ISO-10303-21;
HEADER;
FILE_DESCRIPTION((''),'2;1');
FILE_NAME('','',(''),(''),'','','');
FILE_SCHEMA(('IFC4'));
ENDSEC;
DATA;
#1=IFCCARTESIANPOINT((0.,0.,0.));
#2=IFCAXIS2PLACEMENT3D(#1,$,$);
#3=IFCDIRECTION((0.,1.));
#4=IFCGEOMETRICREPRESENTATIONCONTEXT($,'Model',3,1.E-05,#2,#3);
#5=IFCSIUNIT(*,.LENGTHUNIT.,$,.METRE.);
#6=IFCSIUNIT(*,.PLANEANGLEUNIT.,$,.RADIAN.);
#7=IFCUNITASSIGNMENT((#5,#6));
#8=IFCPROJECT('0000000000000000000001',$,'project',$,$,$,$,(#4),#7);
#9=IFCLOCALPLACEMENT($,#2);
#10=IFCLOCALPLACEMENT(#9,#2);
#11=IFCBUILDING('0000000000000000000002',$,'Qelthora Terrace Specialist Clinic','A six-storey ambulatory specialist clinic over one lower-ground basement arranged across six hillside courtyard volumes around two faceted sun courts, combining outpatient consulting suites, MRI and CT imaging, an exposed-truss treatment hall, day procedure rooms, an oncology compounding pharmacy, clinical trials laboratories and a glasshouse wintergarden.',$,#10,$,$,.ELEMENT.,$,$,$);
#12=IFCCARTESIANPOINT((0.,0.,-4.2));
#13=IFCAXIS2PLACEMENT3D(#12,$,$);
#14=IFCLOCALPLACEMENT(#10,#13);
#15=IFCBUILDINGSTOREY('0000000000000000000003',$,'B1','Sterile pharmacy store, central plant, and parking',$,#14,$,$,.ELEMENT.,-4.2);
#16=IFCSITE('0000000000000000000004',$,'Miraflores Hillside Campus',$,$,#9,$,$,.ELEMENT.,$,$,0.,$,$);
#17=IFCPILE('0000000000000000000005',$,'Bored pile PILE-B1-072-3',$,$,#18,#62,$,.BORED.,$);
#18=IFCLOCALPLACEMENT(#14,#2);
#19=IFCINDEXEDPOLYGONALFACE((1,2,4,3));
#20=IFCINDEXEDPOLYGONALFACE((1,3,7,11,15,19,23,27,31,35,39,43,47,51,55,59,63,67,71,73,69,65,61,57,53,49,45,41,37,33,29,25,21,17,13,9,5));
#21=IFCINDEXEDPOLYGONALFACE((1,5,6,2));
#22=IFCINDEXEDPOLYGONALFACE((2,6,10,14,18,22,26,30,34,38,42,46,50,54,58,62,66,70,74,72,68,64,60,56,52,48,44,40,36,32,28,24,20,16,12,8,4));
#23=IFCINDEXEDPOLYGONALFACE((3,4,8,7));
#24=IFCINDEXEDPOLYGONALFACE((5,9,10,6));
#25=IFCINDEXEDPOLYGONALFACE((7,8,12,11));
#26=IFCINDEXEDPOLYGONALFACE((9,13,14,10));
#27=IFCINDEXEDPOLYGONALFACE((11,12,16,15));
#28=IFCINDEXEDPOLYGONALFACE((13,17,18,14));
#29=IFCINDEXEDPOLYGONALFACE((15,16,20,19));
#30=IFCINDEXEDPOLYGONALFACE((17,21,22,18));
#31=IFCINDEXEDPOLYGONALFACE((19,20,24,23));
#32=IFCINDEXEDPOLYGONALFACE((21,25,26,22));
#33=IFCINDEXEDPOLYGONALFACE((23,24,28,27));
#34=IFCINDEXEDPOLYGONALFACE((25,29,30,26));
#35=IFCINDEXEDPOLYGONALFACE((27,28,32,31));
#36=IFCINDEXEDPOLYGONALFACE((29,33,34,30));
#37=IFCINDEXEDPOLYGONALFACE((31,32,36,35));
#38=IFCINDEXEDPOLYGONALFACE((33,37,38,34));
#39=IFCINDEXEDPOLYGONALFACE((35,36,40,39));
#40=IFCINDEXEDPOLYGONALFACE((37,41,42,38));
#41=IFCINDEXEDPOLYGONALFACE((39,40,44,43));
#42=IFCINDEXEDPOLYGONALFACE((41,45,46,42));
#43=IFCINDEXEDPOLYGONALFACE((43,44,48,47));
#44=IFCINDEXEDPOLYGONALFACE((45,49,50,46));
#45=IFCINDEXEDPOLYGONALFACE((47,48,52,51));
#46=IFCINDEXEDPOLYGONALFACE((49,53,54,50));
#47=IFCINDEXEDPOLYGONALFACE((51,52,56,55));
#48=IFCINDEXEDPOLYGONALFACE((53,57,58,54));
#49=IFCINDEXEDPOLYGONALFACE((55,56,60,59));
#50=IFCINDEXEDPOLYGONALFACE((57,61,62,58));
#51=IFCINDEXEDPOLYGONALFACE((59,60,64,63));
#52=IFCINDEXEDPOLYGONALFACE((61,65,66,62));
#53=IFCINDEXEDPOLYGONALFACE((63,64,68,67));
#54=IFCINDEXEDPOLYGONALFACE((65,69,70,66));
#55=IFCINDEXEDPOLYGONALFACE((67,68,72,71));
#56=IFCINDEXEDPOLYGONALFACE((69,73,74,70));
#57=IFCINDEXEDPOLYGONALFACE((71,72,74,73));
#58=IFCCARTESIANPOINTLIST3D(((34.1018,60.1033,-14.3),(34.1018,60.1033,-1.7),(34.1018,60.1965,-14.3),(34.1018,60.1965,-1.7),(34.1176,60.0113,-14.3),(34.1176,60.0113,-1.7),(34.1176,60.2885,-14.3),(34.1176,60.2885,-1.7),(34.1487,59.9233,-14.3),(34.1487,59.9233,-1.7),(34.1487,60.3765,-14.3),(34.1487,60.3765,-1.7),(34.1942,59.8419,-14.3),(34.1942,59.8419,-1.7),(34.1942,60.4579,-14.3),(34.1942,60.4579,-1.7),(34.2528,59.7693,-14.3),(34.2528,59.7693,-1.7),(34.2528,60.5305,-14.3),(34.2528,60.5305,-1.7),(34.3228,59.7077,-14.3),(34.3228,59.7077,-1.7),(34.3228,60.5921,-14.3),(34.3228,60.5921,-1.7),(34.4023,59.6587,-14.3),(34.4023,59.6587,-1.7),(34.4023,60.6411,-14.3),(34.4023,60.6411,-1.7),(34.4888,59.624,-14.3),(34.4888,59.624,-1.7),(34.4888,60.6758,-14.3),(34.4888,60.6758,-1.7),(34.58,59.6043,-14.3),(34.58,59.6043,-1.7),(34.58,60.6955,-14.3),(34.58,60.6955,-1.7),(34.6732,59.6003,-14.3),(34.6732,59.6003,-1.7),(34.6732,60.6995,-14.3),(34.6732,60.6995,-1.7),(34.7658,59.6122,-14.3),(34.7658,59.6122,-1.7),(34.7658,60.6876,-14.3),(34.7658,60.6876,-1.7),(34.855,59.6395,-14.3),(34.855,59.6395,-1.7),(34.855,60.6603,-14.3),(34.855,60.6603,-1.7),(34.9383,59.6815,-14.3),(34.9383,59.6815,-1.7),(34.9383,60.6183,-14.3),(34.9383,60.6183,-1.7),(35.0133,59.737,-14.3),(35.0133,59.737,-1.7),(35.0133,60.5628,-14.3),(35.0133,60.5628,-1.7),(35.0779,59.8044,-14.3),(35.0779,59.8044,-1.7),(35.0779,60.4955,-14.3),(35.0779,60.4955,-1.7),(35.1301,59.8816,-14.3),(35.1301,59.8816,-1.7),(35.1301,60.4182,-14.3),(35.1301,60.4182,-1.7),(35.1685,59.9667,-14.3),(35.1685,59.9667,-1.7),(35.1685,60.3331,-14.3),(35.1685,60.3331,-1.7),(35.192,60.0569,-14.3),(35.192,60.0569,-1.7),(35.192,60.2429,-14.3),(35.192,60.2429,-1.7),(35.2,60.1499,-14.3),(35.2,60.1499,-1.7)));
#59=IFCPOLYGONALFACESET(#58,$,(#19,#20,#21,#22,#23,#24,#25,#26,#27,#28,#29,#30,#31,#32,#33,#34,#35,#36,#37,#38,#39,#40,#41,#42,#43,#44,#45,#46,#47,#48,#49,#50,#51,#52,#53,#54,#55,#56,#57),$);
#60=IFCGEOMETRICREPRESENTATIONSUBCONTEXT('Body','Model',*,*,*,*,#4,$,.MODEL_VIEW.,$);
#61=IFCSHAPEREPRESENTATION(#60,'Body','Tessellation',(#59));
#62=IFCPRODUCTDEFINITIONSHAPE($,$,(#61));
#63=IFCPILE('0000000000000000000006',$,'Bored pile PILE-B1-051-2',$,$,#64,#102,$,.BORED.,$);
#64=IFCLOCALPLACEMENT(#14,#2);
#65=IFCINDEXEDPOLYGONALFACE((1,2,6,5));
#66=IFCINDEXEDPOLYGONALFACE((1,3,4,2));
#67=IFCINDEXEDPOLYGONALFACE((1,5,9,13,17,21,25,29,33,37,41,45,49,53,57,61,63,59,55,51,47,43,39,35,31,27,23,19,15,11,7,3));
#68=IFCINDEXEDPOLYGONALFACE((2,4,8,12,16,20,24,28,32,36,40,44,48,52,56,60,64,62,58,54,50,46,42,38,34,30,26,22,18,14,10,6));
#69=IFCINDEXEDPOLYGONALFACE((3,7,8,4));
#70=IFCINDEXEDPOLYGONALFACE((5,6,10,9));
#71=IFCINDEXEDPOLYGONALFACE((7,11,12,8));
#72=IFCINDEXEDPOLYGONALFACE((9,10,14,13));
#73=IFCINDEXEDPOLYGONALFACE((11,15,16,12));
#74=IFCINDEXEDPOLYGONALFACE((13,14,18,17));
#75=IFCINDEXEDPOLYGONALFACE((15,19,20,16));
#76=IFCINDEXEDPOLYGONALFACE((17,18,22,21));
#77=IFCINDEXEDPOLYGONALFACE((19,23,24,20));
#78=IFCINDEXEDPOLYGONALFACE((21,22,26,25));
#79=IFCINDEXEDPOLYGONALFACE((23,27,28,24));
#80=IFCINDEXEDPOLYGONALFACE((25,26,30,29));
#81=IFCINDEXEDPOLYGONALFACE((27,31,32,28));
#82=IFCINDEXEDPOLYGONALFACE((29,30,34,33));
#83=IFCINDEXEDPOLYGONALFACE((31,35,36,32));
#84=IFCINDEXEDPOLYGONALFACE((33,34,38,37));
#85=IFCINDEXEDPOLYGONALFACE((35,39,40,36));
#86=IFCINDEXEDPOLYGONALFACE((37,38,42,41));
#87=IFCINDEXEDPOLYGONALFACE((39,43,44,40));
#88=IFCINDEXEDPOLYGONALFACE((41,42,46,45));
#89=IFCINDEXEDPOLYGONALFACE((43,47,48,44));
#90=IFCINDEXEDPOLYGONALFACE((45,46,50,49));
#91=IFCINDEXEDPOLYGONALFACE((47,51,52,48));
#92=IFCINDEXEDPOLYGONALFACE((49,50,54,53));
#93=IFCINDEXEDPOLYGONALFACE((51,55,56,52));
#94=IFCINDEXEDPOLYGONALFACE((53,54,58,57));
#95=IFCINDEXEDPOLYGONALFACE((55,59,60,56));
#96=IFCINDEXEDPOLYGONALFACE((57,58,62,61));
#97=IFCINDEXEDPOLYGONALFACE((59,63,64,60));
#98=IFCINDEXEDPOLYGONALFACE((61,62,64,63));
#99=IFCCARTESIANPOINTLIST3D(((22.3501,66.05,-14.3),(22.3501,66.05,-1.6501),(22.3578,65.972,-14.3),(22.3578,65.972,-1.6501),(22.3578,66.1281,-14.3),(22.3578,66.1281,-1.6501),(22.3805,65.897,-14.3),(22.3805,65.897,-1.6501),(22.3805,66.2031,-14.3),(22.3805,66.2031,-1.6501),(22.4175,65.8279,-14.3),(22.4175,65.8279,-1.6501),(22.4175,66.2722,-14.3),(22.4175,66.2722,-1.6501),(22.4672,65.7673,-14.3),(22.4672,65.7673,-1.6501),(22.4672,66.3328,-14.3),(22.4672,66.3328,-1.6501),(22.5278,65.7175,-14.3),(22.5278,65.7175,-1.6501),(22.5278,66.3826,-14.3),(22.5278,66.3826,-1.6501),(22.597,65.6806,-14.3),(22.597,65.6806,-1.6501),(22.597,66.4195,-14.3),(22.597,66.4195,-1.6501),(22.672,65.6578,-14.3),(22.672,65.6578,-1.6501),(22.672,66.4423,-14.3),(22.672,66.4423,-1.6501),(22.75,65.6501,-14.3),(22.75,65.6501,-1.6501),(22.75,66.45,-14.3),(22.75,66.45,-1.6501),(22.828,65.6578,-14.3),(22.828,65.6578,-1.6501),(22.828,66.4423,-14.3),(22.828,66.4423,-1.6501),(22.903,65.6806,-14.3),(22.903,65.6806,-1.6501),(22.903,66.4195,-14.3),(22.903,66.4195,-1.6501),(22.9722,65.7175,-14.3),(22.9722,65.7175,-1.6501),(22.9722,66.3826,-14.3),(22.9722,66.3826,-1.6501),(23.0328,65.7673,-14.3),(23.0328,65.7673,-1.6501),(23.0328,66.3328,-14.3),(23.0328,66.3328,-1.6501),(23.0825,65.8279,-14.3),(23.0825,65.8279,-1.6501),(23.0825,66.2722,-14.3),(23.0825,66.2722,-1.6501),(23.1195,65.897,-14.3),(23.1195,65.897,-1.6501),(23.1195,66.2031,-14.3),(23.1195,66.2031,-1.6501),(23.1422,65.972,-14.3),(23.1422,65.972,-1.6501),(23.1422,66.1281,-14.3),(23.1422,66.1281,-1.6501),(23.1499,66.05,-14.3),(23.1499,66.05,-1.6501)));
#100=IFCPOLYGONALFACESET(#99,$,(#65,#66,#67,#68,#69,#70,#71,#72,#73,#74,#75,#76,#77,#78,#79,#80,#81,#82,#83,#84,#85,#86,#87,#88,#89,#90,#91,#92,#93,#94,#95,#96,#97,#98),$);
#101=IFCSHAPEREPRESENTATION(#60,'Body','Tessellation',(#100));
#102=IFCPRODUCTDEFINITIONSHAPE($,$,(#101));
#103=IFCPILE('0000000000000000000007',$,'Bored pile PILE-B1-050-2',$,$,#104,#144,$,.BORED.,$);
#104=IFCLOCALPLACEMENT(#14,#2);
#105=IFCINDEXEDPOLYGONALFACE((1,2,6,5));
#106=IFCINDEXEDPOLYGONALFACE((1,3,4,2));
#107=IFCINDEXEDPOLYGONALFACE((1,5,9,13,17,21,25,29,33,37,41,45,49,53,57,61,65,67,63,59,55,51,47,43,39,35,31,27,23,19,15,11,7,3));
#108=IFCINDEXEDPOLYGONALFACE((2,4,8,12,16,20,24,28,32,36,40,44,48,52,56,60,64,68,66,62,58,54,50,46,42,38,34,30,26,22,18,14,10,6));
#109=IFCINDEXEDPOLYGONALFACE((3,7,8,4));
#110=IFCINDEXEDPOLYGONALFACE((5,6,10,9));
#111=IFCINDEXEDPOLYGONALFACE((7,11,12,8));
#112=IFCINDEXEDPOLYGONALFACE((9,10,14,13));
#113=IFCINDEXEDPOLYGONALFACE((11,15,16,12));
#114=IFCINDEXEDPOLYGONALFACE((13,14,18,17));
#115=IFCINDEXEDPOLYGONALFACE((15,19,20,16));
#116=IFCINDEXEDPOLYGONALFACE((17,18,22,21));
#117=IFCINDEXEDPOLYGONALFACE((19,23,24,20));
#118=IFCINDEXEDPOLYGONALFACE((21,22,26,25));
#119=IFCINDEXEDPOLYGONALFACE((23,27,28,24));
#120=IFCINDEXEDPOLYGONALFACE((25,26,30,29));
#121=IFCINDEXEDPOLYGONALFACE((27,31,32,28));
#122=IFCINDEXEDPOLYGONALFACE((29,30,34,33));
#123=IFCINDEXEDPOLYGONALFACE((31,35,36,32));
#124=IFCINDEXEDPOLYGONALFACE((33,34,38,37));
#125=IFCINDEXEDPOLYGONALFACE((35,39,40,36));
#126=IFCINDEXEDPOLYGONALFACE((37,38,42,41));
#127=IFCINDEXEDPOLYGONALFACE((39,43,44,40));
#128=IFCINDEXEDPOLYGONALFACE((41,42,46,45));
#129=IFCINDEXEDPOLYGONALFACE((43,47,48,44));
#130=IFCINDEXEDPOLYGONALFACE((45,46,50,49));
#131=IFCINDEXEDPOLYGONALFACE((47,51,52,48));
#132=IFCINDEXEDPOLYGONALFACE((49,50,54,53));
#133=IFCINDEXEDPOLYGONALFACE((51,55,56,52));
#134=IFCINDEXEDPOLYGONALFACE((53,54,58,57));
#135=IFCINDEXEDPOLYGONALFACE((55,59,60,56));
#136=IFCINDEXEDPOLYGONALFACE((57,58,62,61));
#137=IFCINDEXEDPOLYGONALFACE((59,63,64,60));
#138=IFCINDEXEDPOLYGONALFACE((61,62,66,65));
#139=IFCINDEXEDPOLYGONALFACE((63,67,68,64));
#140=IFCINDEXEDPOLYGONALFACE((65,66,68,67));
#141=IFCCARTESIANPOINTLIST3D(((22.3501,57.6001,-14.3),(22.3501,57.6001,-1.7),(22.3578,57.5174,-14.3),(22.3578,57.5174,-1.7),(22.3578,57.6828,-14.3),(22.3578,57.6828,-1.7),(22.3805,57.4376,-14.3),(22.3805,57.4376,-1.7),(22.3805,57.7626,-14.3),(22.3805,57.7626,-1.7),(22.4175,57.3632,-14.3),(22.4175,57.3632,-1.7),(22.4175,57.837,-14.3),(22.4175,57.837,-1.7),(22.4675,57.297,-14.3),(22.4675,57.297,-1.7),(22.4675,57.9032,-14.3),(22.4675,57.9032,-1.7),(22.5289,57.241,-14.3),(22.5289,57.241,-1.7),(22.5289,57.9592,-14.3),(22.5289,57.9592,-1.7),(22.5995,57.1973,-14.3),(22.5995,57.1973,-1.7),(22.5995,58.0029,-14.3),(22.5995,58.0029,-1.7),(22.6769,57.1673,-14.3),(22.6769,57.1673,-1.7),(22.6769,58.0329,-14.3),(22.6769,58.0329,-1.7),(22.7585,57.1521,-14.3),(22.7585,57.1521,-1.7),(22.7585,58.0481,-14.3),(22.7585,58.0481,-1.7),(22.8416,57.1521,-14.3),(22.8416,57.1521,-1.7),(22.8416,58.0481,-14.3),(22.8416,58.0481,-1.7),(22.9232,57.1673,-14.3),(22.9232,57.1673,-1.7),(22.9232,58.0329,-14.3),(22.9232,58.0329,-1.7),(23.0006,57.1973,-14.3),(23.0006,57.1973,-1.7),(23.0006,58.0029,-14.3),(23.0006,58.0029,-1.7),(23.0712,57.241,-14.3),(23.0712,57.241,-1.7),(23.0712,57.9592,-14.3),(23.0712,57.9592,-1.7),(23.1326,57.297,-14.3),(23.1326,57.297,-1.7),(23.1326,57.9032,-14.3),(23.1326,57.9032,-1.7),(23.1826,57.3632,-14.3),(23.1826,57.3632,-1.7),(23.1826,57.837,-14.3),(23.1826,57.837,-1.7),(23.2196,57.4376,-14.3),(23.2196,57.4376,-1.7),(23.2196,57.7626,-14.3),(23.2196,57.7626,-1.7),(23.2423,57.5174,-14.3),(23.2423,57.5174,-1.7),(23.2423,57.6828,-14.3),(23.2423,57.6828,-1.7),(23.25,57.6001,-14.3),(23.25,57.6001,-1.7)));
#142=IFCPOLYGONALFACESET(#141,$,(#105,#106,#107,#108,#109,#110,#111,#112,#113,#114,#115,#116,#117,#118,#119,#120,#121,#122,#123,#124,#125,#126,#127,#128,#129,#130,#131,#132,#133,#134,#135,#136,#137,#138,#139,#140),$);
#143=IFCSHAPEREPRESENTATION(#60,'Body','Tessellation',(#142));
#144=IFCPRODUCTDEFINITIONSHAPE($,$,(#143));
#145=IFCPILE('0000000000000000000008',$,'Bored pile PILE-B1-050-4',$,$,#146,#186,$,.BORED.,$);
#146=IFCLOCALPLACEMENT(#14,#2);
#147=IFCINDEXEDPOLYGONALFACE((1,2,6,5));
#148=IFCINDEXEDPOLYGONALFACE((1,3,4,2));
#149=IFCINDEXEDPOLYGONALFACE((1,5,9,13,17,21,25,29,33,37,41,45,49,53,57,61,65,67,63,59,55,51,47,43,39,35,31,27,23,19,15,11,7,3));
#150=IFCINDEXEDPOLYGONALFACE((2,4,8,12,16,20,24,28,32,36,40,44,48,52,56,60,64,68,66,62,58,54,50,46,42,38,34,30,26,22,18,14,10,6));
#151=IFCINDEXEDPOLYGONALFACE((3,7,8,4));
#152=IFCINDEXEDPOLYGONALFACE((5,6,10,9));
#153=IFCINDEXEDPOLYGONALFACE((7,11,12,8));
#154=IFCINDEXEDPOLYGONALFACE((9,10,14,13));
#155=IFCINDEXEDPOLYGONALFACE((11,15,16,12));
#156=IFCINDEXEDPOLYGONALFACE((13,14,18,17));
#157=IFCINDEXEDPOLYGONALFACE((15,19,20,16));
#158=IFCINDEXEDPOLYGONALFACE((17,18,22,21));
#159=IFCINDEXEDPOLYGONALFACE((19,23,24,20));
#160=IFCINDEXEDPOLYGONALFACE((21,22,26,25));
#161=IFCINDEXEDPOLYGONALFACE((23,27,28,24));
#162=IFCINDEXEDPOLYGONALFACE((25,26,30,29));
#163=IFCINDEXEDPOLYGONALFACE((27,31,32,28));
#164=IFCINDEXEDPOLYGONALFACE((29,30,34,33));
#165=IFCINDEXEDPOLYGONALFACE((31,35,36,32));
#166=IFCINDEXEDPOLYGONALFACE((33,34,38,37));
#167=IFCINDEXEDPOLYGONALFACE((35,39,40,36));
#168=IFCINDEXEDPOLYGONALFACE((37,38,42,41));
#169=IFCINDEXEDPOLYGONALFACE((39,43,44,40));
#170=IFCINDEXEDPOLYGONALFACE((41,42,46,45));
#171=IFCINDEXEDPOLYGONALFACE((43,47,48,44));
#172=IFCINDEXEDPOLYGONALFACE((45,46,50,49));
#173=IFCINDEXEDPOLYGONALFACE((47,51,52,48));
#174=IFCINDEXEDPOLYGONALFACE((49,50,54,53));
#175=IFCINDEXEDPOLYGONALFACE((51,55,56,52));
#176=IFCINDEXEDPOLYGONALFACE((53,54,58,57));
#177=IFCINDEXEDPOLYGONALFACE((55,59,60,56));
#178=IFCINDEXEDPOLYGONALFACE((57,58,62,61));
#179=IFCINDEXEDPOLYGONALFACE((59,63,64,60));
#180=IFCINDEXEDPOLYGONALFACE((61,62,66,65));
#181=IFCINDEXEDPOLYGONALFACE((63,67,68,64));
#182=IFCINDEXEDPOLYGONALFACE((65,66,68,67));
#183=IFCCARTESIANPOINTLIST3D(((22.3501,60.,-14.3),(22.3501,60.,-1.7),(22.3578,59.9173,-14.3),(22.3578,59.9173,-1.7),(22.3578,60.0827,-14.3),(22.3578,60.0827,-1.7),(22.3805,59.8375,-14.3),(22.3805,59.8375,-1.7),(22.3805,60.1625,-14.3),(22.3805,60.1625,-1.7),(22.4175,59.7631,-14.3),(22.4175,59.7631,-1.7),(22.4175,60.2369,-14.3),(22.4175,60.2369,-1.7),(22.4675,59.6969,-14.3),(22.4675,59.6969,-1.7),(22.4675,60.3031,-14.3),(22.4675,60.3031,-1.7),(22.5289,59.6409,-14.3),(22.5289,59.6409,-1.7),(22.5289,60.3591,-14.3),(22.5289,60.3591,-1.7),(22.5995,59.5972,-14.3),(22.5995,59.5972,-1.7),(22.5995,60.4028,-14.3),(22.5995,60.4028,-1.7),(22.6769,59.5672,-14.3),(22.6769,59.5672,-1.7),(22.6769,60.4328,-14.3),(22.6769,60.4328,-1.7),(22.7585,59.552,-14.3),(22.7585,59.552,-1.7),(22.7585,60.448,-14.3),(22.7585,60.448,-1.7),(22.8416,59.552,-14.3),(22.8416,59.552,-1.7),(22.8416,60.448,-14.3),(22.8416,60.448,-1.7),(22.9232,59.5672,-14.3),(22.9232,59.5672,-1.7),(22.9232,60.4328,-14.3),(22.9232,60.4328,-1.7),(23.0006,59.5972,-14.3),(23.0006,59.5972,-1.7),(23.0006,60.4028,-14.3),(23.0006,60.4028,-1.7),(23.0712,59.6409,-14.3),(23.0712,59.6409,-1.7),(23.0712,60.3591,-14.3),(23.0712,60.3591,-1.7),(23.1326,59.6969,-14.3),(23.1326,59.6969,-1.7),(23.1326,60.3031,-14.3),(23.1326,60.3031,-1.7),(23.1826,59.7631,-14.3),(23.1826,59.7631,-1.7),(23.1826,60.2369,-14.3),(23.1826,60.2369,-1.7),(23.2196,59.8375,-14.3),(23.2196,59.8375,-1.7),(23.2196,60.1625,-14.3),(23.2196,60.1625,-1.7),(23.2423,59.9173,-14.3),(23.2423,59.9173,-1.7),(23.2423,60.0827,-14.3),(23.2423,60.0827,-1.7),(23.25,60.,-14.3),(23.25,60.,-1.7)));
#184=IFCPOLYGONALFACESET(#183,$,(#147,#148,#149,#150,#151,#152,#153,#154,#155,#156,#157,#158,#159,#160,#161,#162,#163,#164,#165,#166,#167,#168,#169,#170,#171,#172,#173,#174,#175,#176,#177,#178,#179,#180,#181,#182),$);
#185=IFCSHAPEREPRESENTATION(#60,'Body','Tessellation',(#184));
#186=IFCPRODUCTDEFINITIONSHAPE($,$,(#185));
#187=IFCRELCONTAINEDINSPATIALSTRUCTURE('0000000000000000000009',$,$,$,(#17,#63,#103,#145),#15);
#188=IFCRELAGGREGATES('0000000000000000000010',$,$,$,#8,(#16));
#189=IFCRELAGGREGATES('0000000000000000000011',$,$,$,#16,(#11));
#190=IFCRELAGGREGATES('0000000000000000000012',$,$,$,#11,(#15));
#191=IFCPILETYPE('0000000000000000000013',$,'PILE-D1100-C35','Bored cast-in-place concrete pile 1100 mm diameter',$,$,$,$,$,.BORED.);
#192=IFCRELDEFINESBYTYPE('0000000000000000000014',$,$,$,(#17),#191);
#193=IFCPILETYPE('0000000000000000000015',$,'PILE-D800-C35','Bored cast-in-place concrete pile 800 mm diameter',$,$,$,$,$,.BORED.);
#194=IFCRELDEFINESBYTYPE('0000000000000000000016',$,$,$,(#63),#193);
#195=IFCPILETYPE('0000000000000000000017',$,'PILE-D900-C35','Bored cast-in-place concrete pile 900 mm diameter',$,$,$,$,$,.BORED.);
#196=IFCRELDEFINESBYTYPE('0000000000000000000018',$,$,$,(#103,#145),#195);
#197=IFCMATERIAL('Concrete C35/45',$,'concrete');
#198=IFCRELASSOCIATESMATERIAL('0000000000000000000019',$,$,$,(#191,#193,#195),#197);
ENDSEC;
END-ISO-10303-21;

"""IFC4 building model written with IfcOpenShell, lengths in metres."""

from ifc_helpers import new_model, si_unit, direction, frame, origin, origin_2d, place, context, subcontext, project, spatial, circle, extrude, material, material_profile, profile_set, type_object, element, save


model = new_model("IFC4")

# Units and contexts
model_context = context("Model", 3, precision=1e-05, world=origin(), true_north=direction((0.0, 1.0)))
body_context = subcontext(model_context, "Body", "Model", "MODEL_VIEW")
ifc_project = project(units=[si_unit("LENGTHUNIT", "METRE"), si_unit("PLANEANGLEUNIT", "RADIAN")], contexts=[model_context])

# Site, building, storey
site_placement = place(None, origin())
site = spatial("IfcSite", under=ifc_project, at=site_placement, Name="Miraflores Hillside Campus", CompositionType="ELEMENT", RefElevation=0.0)
building_placement = place(site_placement, origin())
building = spatial("IfcBuilding", under=site, at=building_placement, Name="Qelthora Terrace Specialist Clinic", Description="A six-storey ambulatory specialist clinic over one lower-ground basement arranged across six hillside courtyard volumes around two faceted sun courts, combining outpatient consulting suites, MRI and CT imaging, an exposed-truss treatment hall, day procedure rooms, an oncology compounding pharmacy, clinical trials laboratories and a glasshouse wintergarden.", CompositionType="ELEMENT")
storey_placement = place(building_placement, frame((0.0, 0.0, -4.2)))
storey = spatial("IfcBuildingStorey", under=building, at=storey_placement, Name="B1", Description="Sterile pharmacy store, central plant, and parking", CompositionType="ELEMENT", Elevation=-4.2)

# Shared definitions
ifc_material_1 = material(Name="Concrete C35/45", Category="concrete")

# Piles
ifc_material_profile_1 = material_profile(ifc_material_1, circle(Radius=0.55, at=origin_2d()), Name="PILE1100")
ifc_profile_set_1 = profile_set([ifc_material_profile_1], Name="Concrete C35/45")
pile_type_1 = type_object("IfcPileType", Name="PILE-D1100-C35", Description="Bored cast-in-place concrete pile 1100 mm diameter", PredefinedType="BORED", material=ifc_profile_set_1)
for number, where, z_axis, x_axis, name in (
    (1, (34.6499, 60.1499, -1.7), (0.0, 0.0, -1.0), (1.0, 0.0, 0.0), "Bored pile PILE-B1-072-3"),
):
    element("IfcPile", number, at=place(storey_placement, frame(where, z_axis=z_axis, x_axis=x_axis)), inside=storey, type_object=pile_type_1, Name=name, PredefinedType="BORED", context=body_context, shape_type="SweptSolid", body=[
        extrude(circle(Radius=0.55, at=origin_2d()), origin(), (0.0, 0.0, 1.0), 12.6001),
    ])
ifc_material_profile_2 = material_profile(ifc_material_1, circle(Radius=0.3999, at=origin_2d()), Name="PILE800")
ifc_profile_set_2 = profile_set([ifc_material_profile_2], Name="Concrete C35/45")
pile_type_2 = type_object("IfcPileType", Name="PILE-D800-C35", Description="Bored cast-in-place concrete pile 800 mm diameter", PredefinedType="BORED", material=ifc_profile_set_2)
pile_placement = place(storey_placement, frame((22.75, 66.05, -1.6501), z_axis=(0.0, 0.0, -1.0), x_axis=(1.0, 0.0, 0.0)))
element("IfcPile", 2, at=pile_placement, inside=storey, type_object=pile_type_2, Name="Bored pile PILE-B1-051-2", PredefinedType="BORED", context=body_context, shape_type="SweptSolid", body=[
    extrude(circle(Radius=0.3999, at=origin_2d()), origin(), (0.0, 0.0, 1.0), 12.6499),
])
ifc_material_profile_3 = material_profile(ifc_material_1, circle(Radius=0.45, at=origin_2d()), Name="PILE900")
ifc_profile_set_3 = profile_set([ifc_material_profile_3], Name="Concrete C35/45")
pile_type_3 = type_object("IfcPileType", Name="PILE-D900-C35", Description="Bored cast-in-place concrete pile 900 mm diameter", PredefinedType="BORED", material=ifc_profile_set_3)
for number, where, z_axis, x_axis, name in (
    (3, (22.8, 57.6001, -1.7), (0.0, 0.0, -1.0), (1.0, 0.0, 0.0), "Bored pile PILE-B1-050-2"),
    (4, (22.8, 60.0, -1.7), (0.0, 0.0, -1.0), (1.0, 0.0, 0.0), "Bored pile PILE-B1-050-4"),
):
    element("IfcPile", number, at=place(storey_placement, frame(where, z_axis=z_axis, x_axis=x_axis)), inside=storey, type_object=pile_type_3, Name=name, PredefinedType="BORED", context=body_context, shape_type="SweptSolid", body=[
        extrude(circle(Radius=0.45, at=origin_2d()), origin(), (0.0, 0.0, 1.0), 12.6001),
    ])

save(model, "model.ifc")
